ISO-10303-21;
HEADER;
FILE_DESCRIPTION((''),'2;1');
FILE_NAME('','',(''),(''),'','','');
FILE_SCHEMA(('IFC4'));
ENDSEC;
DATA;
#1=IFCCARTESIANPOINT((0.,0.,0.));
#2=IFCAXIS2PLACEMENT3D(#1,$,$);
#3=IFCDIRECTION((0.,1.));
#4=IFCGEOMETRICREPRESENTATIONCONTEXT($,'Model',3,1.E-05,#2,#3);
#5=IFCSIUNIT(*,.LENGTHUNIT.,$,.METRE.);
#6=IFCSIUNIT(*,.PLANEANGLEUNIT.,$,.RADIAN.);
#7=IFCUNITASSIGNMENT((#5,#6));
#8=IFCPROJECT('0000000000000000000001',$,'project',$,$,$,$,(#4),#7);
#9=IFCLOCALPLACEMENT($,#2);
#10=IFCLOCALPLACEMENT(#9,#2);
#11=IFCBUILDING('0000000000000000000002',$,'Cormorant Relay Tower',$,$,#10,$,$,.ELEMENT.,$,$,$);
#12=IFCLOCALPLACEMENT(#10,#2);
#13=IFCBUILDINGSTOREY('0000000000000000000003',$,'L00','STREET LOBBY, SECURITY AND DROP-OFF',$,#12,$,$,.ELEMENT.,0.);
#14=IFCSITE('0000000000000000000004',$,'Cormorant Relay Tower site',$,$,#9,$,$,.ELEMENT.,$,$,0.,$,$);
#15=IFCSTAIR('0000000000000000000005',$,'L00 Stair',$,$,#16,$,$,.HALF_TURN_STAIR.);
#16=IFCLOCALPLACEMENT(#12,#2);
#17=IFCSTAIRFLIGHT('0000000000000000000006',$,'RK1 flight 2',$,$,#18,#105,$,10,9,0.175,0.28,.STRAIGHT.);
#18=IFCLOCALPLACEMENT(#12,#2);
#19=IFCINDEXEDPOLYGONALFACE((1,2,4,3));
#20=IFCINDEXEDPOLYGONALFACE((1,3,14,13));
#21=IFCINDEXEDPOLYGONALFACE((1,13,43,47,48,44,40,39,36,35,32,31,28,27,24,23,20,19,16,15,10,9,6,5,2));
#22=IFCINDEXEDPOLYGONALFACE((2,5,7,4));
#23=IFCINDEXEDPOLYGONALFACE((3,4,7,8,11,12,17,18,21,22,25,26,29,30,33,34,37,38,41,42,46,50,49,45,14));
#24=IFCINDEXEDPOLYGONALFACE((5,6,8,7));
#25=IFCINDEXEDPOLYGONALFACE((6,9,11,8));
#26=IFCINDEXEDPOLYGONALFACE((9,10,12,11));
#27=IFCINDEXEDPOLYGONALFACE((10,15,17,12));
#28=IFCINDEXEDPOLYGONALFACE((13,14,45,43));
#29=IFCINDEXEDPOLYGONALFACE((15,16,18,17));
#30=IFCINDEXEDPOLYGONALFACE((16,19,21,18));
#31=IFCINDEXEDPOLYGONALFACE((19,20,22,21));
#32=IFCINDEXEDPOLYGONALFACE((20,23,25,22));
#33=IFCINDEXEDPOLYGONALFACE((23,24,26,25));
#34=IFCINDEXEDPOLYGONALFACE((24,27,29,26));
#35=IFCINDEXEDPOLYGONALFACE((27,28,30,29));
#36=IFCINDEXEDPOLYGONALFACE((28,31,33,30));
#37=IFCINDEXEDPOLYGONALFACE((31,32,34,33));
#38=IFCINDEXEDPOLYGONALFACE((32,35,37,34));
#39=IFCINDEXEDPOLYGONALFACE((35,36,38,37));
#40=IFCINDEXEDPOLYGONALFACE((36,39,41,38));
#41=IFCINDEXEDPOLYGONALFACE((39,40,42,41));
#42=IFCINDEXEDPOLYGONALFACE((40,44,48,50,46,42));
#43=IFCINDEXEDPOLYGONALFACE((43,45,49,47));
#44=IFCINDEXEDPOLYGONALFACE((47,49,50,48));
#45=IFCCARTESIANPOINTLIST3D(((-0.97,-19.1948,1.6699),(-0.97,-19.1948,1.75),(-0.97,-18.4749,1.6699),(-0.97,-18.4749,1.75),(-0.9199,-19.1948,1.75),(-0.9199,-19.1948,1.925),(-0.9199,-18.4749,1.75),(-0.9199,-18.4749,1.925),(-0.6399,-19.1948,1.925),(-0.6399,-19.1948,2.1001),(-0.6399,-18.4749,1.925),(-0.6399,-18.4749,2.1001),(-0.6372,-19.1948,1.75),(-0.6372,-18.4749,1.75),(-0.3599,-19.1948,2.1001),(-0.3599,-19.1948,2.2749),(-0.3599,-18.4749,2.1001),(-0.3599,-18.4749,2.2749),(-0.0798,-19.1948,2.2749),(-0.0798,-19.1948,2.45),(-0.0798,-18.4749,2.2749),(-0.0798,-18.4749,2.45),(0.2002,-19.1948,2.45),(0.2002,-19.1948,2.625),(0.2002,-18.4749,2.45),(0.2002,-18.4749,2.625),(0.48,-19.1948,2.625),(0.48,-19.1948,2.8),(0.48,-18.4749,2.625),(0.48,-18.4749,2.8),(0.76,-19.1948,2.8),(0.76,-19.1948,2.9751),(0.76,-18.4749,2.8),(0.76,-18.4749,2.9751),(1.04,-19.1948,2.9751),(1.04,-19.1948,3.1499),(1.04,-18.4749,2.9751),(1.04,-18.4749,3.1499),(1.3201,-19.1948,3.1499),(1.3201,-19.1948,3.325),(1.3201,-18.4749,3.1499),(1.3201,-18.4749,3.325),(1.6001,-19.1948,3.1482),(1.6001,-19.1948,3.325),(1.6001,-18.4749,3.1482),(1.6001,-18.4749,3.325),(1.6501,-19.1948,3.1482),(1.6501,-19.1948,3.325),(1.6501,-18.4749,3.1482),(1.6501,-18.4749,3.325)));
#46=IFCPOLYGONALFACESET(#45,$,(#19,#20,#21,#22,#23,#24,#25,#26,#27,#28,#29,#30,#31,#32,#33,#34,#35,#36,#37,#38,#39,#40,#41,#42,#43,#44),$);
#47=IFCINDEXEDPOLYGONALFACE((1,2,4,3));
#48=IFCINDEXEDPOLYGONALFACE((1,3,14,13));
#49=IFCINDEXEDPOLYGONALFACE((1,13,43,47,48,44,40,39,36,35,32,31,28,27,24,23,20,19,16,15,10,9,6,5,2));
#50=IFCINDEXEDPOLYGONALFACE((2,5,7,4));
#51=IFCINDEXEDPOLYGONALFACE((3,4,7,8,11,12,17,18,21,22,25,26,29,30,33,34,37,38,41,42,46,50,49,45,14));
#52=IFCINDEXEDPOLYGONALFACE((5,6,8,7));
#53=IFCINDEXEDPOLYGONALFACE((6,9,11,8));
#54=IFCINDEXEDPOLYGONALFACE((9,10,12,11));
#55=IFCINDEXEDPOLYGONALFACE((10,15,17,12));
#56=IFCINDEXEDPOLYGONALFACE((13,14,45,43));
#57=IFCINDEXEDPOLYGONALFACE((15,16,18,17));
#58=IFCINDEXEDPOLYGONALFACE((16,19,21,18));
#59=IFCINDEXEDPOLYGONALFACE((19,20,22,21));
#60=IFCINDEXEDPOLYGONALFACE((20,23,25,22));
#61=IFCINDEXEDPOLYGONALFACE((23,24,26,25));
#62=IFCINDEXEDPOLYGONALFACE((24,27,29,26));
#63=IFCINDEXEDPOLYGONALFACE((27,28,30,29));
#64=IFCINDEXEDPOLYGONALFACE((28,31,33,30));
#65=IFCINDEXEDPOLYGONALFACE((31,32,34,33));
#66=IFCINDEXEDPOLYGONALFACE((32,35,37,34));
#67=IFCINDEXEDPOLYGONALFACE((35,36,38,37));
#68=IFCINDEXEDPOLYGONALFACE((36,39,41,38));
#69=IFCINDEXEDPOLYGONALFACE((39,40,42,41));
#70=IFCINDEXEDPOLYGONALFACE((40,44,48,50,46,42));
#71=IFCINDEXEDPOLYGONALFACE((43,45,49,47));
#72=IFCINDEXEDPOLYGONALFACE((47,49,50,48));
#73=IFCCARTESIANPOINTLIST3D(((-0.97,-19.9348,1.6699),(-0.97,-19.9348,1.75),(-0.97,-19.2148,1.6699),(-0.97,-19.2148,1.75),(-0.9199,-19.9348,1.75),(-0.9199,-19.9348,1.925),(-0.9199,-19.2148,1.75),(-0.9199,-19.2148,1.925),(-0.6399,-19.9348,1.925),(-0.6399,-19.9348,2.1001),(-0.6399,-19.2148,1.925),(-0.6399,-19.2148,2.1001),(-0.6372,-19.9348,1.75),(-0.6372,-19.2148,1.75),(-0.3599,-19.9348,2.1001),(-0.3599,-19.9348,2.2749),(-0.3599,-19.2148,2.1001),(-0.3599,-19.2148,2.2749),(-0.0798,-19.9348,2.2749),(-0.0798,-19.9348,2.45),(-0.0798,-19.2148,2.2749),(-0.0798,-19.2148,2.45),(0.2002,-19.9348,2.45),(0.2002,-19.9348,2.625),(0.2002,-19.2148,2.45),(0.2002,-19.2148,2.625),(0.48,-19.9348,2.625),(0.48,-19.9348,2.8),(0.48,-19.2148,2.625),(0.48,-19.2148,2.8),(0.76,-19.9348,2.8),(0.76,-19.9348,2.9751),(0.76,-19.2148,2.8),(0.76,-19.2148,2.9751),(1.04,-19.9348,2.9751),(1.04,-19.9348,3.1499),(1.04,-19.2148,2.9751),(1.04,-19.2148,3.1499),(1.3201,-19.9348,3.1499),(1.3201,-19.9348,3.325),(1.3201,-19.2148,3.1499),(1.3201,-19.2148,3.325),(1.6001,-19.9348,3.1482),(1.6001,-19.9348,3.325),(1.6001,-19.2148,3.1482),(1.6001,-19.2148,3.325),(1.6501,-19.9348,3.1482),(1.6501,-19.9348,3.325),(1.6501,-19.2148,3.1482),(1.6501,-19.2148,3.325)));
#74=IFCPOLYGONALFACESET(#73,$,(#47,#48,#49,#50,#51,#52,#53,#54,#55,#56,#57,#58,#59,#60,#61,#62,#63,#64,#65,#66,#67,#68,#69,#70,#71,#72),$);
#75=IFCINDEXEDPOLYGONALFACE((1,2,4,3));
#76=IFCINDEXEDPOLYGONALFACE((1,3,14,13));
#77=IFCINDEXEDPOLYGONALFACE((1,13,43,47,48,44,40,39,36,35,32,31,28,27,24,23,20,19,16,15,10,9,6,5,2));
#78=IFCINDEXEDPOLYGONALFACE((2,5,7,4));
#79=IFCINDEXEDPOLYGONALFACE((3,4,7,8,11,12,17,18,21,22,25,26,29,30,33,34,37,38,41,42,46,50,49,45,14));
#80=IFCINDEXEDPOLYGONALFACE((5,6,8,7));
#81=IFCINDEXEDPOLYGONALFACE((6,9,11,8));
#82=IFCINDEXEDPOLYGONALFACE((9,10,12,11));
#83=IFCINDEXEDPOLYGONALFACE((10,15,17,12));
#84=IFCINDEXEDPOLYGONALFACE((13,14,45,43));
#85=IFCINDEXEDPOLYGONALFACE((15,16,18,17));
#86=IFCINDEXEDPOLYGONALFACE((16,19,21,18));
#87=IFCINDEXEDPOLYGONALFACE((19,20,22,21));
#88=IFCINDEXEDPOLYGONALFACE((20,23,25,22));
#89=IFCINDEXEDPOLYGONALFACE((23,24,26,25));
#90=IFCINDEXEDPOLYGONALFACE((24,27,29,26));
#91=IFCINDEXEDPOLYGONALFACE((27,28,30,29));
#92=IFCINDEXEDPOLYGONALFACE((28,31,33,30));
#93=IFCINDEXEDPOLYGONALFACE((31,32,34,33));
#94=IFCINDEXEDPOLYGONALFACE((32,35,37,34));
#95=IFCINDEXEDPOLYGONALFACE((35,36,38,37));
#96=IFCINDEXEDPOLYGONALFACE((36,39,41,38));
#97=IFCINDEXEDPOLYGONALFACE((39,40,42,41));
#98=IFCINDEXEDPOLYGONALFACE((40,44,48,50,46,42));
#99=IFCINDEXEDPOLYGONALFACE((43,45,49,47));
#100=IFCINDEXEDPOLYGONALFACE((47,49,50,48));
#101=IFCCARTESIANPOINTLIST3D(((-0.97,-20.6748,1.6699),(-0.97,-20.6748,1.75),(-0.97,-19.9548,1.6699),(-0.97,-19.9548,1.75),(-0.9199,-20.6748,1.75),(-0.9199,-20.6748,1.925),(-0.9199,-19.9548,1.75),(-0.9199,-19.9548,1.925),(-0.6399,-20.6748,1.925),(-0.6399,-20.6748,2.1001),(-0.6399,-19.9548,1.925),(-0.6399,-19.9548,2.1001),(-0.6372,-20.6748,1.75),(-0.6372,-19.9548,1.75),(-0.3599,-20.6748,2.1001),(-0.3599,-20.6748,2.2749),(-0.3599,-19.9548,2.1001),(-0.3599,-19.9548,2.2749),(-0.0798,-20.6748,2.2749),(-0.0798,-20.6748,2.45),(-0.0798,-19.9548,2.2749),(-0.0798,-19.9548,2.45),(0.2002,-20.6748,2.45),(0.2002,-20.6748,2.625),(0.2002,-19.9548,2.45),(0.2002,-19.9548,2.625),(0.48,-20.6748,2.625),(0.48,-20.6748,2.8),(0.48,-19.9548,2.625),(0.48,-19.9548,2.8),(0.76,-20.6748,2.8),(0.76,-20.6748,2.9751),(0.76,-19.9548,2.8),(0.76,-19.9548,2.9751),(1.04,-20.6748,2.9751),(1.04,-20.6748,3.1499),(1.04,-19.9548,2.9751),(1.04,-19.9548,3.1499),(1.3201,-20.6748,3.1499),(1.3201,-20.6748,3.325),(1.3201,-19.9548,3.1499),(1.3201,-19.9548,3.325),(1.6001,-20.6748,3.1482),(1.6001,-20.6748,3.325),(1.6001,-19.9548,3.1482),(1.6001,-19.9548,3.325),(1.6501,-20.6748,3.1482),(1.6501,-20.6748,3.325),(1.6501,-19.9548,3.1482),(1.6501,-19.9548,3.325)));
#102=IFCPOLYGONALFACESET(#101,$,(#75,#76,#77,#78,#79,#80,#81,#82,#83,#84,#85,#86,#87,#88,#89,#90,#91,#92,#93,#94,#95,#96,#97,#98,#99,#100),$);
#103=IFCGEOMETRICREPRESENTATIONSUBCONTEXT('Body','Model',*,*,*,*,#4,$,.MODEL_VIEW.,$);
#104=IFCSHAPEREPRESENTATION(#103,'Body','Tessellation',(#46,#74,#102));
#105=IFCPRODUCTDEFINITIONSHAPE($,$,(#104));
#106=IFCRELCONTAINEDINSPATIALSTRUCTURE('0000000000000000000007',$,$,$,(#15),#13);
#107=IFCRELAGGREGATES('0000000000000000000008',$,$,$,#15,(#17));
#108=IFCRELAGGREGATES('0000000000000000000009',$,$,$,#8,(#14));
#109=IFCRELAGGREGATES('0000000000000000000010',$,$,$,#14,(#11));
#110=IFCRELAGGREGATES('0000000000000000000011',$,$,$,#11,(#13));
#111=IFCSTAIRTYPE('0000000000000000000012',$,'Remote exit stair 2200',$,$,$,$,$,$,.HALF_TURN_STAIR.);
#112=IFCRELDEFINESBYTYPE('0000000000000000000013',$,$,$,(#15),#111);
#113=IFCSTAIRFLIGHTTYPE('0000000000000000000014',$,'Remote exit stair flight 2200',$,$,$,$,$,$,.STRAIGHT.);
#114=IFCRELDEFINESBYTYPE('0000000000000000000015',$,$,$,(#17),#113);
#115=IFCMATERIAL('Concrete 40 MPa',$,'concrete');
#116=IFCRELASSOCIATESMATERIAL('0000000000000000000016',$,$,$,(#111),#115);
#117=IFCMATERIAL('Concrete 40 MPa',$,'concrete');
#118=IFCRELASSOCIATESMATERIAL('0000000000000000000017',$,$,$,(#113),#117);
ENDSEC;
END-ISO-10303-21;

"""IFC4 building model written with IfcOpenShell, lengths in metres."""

from ifc_helpers import new_model, si_unit, direction, frame, origin, place, context, subcontext, project, spatial, polyline, outline, extrude, material, type_object, element, aggregate, save


model = new_model("IFC4")

# Units and contexts
model_context = context("Model", 3, precision=1e-05, world=origin(), true_north=direction((0.0, 1.0)))
body_context = subcontext(model_context, "Body", "Model", "MODEL_VIEW")
ifc_project = project(units=[si_unit("LENGTHUNIT", "METRE"), si_unit("PLANEANGLEUNIT", "RADIAN")], contexts=[model_context])

# Site, building, storey
site_placement = place(None, origin())
site = spatial("IfcSite", under=ifc_project, at=site_placement, Name="Cormorant Relay Tower site", CompositionType="ELEMENT", RefElevation=0.0)
building_placement = place(site_placement, origin())
building = spatial("IfcBuilding", under=site, at=building_placement, Name="Cormorant Relay Tower", CompositionType="ELEMENT")
storey_placement = place(building_placement, origin())
storey = spatial("IfcBuildingStorey", under=building, at=storey_placement, Name="L00", Description="STREET LOBBY, SECURITY AND DROP-OFF", CompositionType="ELEMENT", Elevation=0.0)

# Stair, stair flight
ifc_material_1 = material(Name="Concrete 40 MPa", Category="concrete")
stair_type = type_object("IfcStairType", Name="Remote exit stair 2200", PredefinedType="HALF_TURN_STAIR", material=ifc_material_1)
stair_placement = place(storey_placement, origin())
stair = element("IfcStair", 1, at=stair_placement, inside=storey, type_object=stair_type, Name="L00 Stair", PredefinedType="HALF_TURN_STAIR")
ifc_material_2 = material(Name="Concrete 40 MPa", Category="concrete")
stair_flight_type = type_object("IfcStairFlightType", Name="Remote exit stair flight 2200", PredefinedType="STRAIGHT", material=ifc_material_2)
stair_flight_1_placement = place(storey_placement, frame((-0.9199, -19.575, 1.75), z_axis=(0.0, 0.0, 1.0), x_axis=(1.0, 0.0, 0.0)))
stair_flight_1 = element("IfcStairFlight", 2, at=stair_flight_1_placement, type_object=stair_flight_type, Name="RK1 flight 2", NumberOfRisers=10, NumberOfTreads=9, PredefinedType="STRAIGHT", RiserHeight=0.175, TreadLength=0.28, context=body_context, shape_type="SweptSolid", body=[
    extrude(outline(polyline([(-0.05, -0.0801), (-0.05, 0.0), (0.0, 0.0), (0.0, 0.175), (0.28, 0.175), (0.28, 0.3501), (0.5601, 0.3501), (0.5601, 0.5249), (0.8401, 0.5249), (0.8401, 0.7), (1.1201, 0.7), (1.1201, 0.875), (1.3999, 0.875), (1.3999, 1.05), (1.6799, 1.05), (1.6799, 1.2251), (1.96, 1.2251), (1.96, 1.3999), (2.24, 1.3999), (2.24, 1.575), (2.52, 1.575), (2.5701, 1.575), (2.5701, 1.3982), (2.52, 1.3982), (0.2827, 0.0), (-0.05, -0.0801)])), frame((0.0, 1.1001, 0.0), z_axis=(0.0, -1.0, 0.0), x_axis=(1.0, 0.0, 0.0)), (0.0, 0.0, 1.0), 0.72),
    extrude(outline(polyline([(-0.05, -0.0801), (-0.05, 0.0), (0.0, 0.0), (0.0, 0.175), (0.28, 0.175), (0.28, 0.3501), (0.5601, 0.3501), (0.5601, 0.5249), (0.8401, 0.5249), (0.8401, 0.7), (1.1201, 0.7), (1.1201, 0.875), (1.3999, 0.875), (1.3999, 1.05), (1.6799, 1.05), (1.6799, 1.2251), (1.96, 1.2251), (1.96, 1.3999), (2.24, 1.3999), (2.24, 1.575), (2.52, 1.575), (2.5701, 1.575), (2.5701, 1.3982), (2.52, 1.3982), (0.2827, 0.0), (-0.05, -0.0801)])), frame((0.0, 0.3601, 0.0), z_axis=(0.0, -1.0, 0.0), x_axis=(1.0, 0.0, 0.0)), (0.0, 0.0, 1.0), 0.72),
    extrude(outline(polyline([(-0.05, -0.0801), (-0.05, 0.0), (0.0, 0.0), (0.0, 0.175), (0.28, 0.175), (0.28, 0.3501), (0.5601, 0.3501), (0.5601, 0.5249), (0.8401, 0.5249), (0.8401, 0.7), (1.1201, 0.7), (1.1201, 0.875), (1.3999, 0.875), (1.3999, 1.05), (1.6799, 1.05), (1.6799, 1.2251), (1.96, 1.2251), (1.96, 1.3999), (2.24, 1.3999), (2.24, 1.575), (2.52, 1.575), (2.5701, 1.575), (2.5701, 1.3982), (2.52, 1.3982), (0.2827, 0.0), (-0.05, -0.0801)])), frame((0.0, -0.3799, 0.0), z_axis=(0.0, -1.0, 0.0), x_axis=(1.0, 0.0, 0.0)), (0.0, 0.0, 1.0), 0.72),
])
aggregate(stair, [stair_flight_1])

save(model, "model.ifc")
